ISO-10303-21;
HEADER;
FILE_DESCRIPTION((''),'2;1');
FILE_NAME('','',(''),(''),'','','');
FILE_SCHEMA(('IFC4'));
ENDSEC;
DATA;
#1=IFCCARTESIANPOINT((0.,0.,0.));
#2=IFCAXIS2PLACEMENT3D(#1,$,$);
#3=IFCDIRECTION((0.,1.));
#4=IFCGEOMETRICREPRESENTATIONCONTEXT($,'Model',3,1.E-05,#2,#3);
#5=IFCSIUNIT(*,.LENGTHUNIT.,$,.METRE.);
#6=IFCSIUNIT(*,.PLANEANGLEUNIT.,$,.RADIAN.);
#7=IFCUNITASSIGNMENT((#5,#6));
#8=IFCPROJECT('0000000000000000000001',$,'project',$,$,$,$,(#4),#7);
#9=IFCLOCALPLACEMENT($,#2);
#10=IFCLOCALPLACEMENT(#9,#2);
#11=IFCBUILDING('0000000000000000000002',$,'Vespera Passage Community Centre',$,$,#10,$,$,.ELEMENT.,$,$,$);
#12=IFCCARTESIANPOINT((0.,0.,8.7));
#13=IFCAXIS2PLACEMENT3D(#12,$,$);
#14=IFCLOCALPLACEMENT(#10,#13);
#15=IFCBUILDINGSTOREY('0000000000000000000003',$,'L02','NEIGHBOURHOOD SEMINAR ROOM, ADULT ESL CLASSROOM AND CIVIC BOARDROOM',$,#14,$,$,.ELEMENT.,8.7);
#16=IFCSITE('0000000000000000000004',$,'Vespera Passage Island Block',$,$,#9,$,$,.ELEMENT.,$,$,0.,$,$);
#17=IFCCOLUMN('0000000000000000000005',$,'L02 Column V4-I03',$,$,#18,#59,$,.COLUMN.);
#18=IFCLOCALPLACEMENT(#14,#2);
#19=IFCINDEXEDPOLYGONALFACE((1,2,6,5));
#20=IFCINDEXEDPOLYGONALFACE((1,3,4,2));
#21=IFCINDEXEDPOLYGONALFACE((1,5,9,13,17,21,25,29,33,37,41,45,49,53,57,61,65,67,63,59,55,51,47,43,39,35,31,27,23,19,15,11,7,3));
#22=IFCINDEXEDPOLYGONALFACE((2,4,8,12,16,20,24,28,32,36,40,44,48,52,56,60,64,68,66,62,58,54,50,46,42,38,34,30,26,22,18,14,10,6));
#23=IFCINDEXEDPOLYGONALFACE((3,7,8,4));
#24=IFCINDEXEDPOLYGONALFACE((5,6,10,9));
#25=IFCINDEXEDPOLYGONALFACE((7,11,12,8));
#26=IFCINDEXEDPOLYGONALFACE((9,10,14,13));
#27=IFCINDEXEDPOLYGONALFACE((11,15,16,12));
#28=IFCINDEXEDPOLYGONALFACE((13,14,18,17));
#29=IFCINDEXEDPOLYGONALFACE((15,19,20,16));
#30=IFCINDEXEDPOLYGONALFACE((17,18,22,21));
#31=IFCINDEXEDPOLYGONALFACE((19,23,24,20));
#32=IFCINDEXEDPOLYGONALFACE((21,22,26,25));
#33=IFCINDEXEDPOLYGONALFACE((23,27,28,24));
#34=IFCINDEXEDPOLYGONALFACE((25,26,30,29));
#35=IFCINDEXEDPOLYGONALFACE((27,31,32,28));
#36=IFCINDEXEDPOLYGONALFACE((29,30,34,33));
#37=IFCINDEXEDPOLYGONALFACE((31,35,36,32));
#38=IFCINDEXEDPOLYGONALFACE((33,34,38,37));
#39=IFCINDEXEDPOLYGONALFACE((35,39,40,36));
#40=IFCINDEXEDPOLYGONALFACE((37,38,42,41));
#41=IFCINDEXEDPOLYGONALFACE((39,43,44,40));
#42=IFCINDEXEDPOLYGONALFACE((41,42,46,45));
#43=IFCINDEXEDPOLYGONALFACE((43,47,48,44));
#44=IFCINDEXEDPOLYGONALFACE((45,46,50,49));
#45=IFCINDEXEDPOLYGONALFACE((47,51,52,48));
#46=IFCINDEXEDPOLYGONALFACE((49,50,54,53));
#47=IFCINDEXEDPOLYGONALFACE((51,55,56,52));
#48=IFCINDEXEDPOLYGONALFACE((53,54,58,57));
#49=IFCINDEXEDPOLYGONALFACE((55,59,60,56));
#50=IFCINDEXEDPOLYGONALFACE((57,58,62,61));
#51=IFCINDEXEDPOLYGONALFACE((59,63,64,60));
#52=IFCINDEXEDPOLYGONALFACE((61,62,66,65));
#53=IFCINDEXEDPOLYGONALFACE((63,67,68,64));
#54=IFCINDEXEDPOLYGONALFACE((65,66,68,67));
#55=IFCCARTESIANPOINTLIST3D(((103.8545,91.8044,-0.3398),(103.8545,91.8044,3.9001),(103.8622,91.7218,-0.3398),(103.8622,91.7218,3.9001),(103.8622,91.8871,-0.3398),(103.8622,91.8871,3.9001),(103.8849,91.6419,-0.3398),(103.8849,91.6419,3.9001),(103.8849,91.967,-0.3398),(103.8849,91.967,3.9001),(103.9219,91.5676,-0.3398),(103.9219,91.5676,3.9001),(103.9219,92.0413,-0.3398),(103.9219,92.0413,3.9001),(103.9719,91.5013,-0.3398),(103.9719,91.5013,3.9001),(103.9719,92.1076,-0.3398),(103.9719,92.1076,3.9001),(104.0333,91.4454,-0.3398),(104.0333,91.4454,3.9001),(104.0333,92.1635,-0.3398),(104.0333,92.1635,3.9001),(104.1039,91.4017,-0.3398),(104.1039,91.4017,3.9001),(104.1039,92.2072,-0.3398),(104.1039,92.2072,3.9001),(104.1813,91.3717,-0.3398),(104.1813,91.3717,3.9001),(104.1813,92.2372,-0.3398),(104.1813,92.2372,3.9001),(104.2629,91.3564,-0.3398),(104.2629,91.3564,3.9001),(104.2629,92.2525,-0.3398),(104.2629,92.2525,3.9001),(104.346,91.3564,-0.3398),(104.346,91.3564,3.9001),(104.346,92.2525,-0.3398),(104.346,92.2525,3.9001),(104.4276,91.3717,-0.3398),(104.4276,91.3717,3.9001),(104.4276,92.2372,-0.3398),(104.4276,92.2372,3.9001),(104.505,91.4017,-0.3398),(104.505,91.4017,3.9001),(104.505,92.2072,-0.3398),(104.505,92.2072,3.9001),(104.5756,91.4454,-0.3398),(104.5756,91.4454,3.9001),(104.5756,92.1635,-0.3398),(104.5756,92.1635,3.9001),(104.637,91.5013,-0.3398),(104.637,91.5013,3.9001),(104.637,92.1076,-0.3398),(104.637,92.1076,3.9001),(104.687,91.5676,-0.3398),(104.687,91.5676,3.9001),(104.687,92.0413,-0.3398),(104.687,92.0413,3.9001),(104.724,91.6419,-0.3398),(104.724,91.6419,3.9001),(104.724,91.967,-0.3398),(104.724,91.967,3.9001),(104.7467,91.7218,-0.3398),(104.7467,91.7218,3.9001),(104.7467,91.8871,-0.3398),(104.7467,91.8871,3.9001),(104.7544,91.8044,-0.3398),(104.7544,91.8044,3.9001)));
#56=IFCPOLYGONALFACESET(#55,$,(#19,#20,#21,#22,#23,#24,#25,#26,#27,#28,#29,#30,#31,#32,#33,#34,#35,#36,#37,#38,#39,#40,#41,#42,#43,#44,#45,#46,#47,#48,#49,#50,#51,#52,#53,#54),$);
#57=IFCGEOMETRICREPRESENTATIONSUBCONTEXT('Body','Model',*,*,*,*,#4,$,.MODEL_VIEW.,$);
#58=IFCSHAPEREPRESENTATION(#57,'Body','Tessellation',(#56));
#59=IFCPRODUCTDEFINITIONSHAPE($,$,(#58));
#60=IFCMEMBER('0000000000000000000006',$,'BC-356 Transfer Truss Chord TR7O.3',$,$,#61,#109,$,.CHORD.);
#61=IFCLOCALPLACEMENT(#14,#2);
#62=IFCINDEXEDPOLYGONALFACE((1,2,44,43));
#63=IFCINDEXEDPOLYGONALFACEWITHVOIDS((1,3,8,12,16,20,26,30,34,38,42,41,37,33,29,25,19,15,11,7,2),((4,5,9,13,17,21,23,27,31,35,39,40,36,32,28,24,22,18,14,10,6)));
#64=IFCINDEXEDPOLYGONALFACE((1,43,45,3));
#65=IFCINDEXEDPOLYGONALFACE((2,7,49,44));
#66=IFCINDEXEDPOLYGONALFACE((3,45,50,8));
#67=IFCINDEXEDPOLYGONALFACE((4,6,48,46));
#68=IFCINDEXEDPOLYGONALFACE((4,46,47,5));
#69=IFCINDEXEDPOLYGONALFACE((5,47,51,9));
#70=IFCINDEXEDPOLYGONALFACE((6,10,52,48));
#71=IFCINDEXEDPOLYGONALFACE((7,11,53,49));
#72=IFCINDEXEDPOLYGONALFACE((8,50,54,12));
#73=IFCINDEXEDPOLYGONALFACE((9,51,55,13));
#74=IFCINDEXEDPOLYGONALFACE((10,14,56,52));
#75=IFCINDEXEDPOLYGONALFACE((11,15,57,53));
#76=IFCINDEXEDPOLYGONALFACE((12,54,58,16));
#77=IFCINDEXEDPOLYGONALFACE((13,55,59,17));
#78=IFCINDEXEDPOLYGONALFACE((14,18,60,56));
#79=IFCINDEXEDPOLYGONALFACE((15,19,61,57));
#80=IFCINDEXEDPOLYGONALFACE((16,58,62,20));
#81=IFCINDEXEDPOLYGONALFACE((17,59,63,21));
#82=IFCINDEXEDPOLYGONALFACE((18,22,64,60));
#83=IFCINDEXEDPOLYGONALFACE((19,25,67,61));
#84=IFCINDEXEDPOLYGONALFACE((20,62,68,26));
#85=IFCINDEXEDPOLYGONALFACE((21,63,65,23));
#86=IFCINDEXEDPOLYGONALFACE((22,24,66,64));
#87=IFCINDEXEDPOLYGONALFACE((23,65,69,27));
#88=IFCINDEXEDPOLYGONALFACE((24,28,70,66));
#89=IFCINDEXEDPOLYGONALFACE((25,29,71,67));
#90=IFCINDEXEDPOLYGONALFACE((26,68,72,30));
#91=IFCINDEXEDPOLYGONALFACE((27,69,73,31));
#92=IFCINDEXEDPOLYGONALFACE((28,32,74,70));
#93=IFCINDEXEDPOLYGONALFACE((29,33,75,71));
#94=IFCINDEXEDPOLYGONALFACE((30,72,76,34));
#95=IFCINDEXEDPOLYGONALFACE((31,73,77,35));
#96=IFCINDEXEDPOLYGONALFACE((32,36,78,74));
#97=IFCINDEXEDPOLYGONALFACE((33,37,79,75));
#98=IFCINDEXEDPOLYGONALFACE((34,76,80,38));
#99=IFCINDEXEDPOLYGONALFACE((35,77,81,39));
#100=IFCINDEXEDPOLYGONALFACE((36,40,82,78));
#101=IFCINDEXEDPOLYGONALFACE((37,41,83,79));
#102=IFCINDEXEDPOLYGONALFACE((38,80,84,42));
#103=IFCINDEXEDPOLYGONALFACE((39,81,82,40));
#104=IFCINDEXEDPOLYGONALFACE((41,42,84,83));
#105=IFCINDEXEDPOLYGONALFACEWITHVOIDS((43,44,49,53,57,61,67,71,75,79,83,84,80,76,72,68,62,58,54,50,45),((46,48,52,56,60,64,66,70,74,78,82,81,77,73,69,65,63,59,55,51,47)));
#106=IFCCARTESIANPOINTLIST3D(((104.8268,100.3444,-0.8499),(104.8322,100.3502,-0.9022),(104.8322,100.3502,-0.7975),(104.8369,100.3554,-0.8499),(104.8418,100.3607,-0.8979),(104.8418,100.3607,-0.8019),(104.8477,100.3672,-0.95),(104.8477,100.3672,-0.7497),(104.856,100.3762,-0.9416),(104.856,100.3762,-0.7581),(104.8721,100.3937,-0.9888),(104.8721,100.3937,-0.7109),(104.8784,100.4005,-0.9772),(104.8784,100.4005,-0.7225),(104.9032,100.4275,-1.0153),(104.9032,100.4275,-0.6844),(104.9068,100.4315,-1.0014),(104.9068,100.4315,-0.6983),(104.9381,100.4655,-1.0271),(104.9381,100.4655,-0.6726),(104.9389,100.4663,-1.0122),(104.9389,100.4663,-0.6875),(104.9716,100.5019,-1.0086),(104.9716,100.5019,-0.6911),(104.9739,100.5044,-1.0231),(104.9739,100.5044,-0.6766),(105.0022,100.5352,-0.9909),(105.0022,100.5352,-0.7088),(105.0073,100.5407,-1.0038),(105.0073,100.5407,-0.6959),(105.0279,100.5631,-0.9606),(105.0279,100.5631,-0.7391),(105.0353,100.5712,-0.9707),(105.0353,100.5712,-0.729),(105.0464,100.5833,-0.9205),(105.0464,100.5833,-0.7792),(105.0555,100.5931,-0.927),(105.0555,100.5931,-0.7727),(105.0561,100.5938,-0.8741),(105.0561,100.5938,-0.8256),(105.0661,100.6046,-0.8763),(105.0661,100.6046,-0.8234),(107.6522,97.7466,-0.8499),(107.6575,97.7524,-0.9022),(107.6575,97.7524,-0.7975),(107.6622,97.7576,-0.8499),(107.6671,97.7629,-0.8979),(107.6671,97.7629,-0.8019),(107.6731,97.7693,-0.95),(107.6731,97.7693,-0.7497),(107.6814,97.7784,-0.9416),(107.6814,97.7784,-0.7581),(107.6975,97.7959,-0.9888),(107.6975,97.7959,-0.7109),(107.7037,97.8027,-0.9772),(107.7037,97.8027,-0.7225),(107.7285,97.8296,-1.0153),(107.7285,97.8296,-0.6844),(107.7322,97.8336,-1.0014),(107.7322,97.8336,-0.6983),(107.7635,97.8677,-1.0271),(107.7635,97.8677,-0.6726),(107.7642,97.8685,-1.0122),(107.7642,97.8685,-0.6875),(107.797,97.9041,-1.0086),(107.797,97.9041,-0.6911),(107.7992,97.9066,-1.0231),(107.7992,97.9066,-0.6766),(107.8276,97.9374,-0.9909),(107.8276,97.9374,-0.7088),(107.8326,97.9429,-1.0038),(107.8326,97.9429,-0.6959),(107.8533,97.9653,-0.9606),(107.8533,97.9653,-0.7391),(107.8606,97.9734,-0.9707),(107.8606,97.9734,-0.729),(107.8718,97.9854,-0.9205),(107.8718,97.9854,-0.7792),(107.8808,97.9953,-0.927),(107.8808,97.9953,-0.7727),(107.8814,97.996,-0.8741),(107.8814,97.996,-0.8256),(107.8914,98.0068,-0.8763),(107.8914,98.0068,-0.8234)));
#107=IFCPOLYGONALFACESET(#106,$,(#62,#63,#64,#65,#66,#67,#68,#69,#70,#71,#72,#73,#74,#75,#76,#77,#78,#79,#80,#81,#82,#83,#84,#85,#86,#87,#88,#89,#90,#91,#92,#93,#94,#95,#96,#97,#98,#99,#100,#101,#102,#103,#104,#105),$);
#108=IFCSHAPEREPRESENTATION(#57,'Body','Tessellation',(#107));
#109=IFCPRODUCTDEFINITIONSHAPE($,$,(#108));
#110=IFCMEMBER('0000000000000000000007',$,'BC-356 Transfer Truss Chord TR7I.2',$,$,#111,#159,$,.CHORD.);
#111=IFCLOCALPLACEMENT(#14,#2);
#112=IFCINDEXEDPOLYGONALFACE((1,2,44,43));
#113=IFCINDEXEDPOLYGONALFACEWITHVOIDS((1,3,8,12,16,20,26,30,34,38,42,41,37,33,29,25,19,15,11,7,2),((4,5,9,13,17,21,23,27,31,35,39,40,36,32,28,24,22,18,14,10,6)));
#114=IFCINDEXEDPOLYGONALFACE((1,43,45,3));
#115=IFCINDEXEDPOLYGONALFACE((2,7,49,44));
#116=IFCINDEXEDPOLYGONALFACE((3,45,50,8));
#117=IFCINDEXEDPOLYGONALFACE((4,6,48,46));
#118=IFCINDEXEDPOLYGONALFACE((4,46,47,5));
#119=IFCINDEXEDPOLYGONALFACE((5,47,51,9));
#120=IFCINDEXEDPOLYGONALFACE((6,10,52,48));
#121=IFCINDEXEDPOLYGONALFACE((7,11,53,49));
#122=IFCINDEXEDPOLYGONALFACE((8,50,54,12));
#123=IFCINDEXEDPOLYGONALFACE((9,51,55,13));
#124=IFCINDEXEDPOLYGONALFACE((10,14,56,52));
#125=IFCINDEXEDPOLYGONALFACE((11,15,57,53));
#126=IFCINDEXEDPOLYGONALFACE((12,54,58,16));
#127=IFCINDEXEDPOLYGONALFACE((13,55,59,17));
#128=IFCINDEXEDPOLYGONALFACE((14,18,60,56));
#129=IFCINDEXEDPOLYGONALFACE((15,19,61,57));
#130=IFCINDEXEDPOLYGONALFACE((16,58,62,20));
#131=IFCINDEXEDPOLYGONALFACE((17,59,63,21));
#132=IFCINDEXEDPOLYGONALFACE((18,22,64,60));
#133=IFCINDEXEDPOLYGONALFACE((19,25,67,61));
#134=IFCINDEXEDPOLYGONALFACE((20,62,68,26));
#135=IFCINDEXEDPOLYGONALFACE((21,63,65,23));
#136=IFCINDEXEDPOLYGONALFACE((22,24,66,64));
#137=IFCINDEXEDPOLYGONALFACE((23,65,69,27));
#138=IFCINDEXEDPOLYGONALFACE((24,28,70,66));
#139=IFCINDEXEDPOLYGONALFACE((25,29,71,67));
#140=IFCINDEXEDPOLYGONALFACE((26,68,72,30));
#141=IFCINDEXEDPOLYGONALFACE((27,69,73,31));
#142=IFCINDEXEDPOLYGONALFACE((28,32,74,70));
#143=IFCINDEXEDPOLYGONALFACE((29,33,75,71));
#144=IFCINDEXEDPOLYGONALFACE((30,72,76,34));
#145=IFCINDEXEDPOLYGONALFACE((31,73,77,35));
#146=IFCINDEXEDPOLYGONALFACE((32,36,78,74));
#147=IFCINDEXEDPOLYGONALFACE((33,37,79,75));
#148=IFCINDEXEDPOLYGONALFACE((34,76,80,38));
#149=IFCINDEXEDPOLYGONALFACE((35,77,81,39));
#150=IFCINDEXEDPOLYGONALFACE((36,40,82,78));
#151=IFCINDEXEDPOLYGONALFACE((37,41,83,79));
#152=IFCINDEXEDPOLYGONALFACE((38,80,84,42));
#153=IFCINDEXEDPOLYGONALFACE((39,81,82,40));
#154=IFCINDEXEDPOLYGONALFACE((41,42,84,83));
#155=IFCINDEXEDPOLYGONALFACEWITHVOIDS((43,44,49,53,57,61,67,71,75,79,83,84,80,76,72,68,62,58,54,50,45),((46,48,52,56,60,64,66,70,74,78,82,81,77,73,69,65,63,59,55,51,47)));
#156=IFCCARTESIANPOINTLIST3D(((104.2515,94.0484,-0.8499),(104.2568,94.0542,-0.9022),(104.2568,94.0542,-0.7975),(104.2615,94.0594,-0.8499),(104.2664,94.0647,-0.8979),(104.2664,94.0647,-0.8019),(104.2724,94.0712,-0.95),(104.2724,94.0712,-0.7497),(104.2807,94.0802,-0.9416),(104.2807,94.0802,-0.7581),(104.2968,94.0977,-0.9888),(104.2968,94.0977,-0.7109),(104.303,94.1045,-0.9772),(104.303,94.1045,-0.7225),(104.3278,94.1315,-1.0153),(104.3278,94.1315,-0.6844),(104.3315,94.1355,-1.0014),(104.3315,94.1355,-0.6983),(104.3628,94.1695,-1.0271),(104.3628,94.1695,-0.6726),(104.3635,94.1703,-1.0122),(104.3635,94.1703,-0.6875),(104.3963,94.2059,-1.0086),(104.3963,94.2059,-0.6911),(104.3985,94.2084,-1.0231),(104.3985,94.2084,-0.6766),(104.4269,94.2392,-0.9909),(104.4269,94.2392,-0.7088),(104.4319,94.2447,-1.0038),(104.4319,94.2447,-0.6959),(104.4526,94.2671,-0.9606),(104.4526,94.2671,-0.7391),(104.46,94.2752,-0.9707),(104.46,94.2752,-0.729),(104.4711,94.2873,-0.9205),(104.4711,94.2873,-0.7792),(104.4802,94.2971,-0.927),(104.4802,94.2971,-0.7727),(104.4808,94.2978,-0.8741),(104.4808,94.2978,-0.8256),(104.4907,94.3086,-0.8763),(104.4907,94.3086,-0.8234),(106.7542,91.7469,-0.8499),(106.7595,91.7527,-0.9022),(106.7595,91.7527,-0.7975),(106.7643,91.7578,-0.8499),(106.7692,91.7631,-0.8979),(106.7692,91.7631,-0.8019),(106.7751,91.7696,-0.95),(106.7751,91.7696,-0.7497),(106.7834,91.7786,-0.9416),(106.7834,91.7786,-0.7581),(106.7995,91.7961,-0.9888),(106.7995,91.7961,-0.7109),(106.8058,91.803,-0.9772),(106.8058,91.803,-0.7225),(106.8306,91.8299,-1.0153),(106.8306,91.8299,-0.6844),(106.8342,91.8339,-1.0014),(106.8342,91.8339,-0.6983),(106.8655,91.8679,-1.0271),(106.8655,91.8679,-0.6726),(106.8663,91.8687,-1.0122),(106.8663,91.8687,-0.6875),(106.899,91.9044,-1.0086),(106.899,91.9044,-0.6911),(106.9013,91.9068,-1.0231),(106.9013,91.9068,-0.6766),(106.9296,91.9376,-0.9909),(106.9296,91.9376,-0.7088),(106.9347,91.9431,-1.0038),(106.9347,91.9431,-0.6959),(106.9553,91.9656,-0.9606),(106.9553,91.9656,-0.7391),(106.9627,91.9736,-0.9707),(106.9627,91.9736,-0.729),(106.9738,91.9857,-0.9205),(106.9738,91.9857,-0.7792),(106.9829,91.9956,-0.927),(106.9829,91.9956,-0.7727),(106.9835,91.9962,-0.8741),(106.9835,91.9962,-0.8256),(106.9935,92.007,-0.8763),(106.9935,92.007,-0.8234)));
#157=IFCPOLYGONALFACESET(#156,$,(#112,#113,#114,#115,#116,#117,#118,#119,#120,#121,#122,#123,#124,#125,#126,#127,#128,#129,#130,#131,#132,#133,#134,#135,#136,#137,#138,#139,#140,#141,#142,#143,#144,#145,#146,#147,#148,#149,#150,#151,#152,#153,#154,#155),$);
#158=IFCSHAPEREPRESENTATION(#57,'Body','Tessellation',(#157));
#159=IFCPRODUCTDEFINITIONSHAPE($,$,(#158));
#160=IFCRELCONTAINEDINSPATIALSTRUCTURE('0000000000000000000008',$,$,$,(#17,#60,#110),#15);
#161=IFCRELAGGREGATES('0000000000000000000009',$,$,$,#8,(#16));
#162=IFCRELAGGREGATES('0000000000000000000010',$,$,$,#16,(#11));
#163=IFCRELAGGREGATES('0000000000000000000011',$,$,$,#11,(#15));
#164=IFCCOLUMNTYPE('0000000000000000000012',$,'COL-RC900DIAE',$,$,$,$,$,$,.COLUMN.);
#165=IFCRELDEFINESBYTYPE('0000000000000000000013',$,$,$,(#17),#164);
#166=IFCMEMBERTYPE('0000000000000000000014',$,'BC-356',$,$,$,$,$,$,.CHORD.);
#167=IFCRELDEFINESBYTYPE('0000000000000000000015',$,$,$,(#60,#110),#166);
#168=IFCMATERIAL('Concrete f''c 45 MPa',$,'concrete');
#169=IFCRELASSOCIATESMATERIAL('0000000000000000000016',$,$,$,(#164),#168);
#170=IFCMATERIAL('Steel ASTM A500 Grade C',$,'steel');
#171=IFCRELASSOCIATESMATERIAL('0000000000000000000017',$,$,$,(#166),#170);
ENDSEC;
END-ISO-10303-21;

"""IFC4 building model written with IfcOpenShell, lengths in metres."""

from ifc_helpers import new_model, si_unit, direction, frame, origin, origin_2d, place, context, subcontext, project, spatial, circle, hollow_circle, extrude, material, material_profile, profile_set, type_object, element, save


model = new_model("IFC4")

# Units and contexts
model_context = context("Model", 3, precision=1e-05, world=origin(), true_north=direction((0.0, 1.0)))
body_context = subcontext(model_context, "Body", "Model", "MODEL_VIEW")
ifc_project = project(units=[si_unit("LENGTHUNIT", "METRE"), si_unit("PLANEANGLEUNIT", "RADIAN")], contexts=[model_context])

# Site, building, storey
site_placement = place(None, origin())
site = spatial("IfcSite", under=ifc_project, at=site_placement, Name="Vespera Passage Island Block", CompositionType="ELEMENT", RefElevation=0.0)
building_placement = place(site_placement, origin())
building = spatial("IfcBuilding", under=site, at=building_placement, Name="Vespera Passage Community Centre", CompositionType="ELEMENT")
storey_placement = place(building_placement, frame((0.0, 0.0, 8.7)))
storey = spatial("IfcBuildingStorey", under=building, at=storey_placement, Name="L02", Description="NEIGHBOURHOOD SEMINAR ROOM, ADULT ESL CLASSROOM AND CIVIC BOARDROOM", CompositionType="ELEMENT", Elevation=8.7)

# Column
ifc_material_1 = material(Name="Concrete f'c 45 MPa", Category="concrete")
ifc_material_profile_1 = material_profile(ifc_material_1, circle(Radius=0.45, at=origin_2d()), Name="RC900DIA")
ifc_profile_set_1 = profile_set([ifc_material_profile_1], Name="Concrete f'c 45 MPa")
column_type = type_object("IfcColumnType", Name="COL-RC900DIAE", PredefinedType="COLUMN", material=ifc_profile_set_1)
column_placement = place(storey_placement, frame((104.3044, 91.8044, -0.3398), z_axis=(0.0, 0.0, 1.0), x_axis=(1.0, 0.0, 0.0)))
element("IfcColumn", 1, at=column_placement, inside=storey, type_object=column_type, Name="L02 Column V4-I03", PredefinedType="COLUMN", context=body_context, shape_type="SweptSolid", body=[
    extrude(circle(Radius=0.45, at=origin_2d()), origin(), (0.0, 0.0, 1.0), 4.24),
])

# Members
ifc_material_2 = material(Name="Steel ASTM A500 Grade C", Category="steel")
ifc_material_profile_2 = material_profile(ifc_material_2, hollow_circle(Radius=0.1777, WallThickness=0.0149, at=origin_2d()), Name="CHS356X15.9")
ifc_profile_set_2 = profile_set([ifc_material_profile_2], Name="Steel ASTM A500 Grade C")
member_type_1 = type_object("IfcMemberType", Name="BC-356", PredefinedType="CHORD", material=ifc_profile_set_2)
member_1_placement = place(storey_placement, frame((107.7725, 97.8774, -0.8499), z_axis=(-0.736126, 0.676844, 0.0), x_axis=(-0.676844, -0.736126, 0.0)))
element("IfcMember", 2, at=member_1_placement, inside=storey, type_object=member_type_1, Name="BC-356 Transfer Truss Chord TR7O.3", PredefinedType="CHORD", context=body_context, shape_type="SweptSolid", body=[
    extrude(hollow_circle(Radius=0.1777, WallThickness=0.0149, at=origin_2d()), origin(), (0.0, 0.0, 1.0), 3.8381),
])
member_2_placement = place(storey_placement, frame((106.8745, 91.8777, -0.8499), z_axis=(-0.736071, 0.676904, 0.0), x_axis=(-0.676904, -0.736071, 0.0)))
element("IfcMember", 3, at=member_2_placement, inside=storey, type_object=member_type_1, Name="BC-356 Transfer Truss Chord TR7I.2", PredefinedType="CHORD", context=body_context, shape_type="SweptSolid", body=[
    extrude(hollow_circle(Radius=0.1777, WallThickness=0.0149, at=origin_2d()), origin(), (0.0, 0.0, 1.0), 3.4001),
])

save(model, "model.ifc")
